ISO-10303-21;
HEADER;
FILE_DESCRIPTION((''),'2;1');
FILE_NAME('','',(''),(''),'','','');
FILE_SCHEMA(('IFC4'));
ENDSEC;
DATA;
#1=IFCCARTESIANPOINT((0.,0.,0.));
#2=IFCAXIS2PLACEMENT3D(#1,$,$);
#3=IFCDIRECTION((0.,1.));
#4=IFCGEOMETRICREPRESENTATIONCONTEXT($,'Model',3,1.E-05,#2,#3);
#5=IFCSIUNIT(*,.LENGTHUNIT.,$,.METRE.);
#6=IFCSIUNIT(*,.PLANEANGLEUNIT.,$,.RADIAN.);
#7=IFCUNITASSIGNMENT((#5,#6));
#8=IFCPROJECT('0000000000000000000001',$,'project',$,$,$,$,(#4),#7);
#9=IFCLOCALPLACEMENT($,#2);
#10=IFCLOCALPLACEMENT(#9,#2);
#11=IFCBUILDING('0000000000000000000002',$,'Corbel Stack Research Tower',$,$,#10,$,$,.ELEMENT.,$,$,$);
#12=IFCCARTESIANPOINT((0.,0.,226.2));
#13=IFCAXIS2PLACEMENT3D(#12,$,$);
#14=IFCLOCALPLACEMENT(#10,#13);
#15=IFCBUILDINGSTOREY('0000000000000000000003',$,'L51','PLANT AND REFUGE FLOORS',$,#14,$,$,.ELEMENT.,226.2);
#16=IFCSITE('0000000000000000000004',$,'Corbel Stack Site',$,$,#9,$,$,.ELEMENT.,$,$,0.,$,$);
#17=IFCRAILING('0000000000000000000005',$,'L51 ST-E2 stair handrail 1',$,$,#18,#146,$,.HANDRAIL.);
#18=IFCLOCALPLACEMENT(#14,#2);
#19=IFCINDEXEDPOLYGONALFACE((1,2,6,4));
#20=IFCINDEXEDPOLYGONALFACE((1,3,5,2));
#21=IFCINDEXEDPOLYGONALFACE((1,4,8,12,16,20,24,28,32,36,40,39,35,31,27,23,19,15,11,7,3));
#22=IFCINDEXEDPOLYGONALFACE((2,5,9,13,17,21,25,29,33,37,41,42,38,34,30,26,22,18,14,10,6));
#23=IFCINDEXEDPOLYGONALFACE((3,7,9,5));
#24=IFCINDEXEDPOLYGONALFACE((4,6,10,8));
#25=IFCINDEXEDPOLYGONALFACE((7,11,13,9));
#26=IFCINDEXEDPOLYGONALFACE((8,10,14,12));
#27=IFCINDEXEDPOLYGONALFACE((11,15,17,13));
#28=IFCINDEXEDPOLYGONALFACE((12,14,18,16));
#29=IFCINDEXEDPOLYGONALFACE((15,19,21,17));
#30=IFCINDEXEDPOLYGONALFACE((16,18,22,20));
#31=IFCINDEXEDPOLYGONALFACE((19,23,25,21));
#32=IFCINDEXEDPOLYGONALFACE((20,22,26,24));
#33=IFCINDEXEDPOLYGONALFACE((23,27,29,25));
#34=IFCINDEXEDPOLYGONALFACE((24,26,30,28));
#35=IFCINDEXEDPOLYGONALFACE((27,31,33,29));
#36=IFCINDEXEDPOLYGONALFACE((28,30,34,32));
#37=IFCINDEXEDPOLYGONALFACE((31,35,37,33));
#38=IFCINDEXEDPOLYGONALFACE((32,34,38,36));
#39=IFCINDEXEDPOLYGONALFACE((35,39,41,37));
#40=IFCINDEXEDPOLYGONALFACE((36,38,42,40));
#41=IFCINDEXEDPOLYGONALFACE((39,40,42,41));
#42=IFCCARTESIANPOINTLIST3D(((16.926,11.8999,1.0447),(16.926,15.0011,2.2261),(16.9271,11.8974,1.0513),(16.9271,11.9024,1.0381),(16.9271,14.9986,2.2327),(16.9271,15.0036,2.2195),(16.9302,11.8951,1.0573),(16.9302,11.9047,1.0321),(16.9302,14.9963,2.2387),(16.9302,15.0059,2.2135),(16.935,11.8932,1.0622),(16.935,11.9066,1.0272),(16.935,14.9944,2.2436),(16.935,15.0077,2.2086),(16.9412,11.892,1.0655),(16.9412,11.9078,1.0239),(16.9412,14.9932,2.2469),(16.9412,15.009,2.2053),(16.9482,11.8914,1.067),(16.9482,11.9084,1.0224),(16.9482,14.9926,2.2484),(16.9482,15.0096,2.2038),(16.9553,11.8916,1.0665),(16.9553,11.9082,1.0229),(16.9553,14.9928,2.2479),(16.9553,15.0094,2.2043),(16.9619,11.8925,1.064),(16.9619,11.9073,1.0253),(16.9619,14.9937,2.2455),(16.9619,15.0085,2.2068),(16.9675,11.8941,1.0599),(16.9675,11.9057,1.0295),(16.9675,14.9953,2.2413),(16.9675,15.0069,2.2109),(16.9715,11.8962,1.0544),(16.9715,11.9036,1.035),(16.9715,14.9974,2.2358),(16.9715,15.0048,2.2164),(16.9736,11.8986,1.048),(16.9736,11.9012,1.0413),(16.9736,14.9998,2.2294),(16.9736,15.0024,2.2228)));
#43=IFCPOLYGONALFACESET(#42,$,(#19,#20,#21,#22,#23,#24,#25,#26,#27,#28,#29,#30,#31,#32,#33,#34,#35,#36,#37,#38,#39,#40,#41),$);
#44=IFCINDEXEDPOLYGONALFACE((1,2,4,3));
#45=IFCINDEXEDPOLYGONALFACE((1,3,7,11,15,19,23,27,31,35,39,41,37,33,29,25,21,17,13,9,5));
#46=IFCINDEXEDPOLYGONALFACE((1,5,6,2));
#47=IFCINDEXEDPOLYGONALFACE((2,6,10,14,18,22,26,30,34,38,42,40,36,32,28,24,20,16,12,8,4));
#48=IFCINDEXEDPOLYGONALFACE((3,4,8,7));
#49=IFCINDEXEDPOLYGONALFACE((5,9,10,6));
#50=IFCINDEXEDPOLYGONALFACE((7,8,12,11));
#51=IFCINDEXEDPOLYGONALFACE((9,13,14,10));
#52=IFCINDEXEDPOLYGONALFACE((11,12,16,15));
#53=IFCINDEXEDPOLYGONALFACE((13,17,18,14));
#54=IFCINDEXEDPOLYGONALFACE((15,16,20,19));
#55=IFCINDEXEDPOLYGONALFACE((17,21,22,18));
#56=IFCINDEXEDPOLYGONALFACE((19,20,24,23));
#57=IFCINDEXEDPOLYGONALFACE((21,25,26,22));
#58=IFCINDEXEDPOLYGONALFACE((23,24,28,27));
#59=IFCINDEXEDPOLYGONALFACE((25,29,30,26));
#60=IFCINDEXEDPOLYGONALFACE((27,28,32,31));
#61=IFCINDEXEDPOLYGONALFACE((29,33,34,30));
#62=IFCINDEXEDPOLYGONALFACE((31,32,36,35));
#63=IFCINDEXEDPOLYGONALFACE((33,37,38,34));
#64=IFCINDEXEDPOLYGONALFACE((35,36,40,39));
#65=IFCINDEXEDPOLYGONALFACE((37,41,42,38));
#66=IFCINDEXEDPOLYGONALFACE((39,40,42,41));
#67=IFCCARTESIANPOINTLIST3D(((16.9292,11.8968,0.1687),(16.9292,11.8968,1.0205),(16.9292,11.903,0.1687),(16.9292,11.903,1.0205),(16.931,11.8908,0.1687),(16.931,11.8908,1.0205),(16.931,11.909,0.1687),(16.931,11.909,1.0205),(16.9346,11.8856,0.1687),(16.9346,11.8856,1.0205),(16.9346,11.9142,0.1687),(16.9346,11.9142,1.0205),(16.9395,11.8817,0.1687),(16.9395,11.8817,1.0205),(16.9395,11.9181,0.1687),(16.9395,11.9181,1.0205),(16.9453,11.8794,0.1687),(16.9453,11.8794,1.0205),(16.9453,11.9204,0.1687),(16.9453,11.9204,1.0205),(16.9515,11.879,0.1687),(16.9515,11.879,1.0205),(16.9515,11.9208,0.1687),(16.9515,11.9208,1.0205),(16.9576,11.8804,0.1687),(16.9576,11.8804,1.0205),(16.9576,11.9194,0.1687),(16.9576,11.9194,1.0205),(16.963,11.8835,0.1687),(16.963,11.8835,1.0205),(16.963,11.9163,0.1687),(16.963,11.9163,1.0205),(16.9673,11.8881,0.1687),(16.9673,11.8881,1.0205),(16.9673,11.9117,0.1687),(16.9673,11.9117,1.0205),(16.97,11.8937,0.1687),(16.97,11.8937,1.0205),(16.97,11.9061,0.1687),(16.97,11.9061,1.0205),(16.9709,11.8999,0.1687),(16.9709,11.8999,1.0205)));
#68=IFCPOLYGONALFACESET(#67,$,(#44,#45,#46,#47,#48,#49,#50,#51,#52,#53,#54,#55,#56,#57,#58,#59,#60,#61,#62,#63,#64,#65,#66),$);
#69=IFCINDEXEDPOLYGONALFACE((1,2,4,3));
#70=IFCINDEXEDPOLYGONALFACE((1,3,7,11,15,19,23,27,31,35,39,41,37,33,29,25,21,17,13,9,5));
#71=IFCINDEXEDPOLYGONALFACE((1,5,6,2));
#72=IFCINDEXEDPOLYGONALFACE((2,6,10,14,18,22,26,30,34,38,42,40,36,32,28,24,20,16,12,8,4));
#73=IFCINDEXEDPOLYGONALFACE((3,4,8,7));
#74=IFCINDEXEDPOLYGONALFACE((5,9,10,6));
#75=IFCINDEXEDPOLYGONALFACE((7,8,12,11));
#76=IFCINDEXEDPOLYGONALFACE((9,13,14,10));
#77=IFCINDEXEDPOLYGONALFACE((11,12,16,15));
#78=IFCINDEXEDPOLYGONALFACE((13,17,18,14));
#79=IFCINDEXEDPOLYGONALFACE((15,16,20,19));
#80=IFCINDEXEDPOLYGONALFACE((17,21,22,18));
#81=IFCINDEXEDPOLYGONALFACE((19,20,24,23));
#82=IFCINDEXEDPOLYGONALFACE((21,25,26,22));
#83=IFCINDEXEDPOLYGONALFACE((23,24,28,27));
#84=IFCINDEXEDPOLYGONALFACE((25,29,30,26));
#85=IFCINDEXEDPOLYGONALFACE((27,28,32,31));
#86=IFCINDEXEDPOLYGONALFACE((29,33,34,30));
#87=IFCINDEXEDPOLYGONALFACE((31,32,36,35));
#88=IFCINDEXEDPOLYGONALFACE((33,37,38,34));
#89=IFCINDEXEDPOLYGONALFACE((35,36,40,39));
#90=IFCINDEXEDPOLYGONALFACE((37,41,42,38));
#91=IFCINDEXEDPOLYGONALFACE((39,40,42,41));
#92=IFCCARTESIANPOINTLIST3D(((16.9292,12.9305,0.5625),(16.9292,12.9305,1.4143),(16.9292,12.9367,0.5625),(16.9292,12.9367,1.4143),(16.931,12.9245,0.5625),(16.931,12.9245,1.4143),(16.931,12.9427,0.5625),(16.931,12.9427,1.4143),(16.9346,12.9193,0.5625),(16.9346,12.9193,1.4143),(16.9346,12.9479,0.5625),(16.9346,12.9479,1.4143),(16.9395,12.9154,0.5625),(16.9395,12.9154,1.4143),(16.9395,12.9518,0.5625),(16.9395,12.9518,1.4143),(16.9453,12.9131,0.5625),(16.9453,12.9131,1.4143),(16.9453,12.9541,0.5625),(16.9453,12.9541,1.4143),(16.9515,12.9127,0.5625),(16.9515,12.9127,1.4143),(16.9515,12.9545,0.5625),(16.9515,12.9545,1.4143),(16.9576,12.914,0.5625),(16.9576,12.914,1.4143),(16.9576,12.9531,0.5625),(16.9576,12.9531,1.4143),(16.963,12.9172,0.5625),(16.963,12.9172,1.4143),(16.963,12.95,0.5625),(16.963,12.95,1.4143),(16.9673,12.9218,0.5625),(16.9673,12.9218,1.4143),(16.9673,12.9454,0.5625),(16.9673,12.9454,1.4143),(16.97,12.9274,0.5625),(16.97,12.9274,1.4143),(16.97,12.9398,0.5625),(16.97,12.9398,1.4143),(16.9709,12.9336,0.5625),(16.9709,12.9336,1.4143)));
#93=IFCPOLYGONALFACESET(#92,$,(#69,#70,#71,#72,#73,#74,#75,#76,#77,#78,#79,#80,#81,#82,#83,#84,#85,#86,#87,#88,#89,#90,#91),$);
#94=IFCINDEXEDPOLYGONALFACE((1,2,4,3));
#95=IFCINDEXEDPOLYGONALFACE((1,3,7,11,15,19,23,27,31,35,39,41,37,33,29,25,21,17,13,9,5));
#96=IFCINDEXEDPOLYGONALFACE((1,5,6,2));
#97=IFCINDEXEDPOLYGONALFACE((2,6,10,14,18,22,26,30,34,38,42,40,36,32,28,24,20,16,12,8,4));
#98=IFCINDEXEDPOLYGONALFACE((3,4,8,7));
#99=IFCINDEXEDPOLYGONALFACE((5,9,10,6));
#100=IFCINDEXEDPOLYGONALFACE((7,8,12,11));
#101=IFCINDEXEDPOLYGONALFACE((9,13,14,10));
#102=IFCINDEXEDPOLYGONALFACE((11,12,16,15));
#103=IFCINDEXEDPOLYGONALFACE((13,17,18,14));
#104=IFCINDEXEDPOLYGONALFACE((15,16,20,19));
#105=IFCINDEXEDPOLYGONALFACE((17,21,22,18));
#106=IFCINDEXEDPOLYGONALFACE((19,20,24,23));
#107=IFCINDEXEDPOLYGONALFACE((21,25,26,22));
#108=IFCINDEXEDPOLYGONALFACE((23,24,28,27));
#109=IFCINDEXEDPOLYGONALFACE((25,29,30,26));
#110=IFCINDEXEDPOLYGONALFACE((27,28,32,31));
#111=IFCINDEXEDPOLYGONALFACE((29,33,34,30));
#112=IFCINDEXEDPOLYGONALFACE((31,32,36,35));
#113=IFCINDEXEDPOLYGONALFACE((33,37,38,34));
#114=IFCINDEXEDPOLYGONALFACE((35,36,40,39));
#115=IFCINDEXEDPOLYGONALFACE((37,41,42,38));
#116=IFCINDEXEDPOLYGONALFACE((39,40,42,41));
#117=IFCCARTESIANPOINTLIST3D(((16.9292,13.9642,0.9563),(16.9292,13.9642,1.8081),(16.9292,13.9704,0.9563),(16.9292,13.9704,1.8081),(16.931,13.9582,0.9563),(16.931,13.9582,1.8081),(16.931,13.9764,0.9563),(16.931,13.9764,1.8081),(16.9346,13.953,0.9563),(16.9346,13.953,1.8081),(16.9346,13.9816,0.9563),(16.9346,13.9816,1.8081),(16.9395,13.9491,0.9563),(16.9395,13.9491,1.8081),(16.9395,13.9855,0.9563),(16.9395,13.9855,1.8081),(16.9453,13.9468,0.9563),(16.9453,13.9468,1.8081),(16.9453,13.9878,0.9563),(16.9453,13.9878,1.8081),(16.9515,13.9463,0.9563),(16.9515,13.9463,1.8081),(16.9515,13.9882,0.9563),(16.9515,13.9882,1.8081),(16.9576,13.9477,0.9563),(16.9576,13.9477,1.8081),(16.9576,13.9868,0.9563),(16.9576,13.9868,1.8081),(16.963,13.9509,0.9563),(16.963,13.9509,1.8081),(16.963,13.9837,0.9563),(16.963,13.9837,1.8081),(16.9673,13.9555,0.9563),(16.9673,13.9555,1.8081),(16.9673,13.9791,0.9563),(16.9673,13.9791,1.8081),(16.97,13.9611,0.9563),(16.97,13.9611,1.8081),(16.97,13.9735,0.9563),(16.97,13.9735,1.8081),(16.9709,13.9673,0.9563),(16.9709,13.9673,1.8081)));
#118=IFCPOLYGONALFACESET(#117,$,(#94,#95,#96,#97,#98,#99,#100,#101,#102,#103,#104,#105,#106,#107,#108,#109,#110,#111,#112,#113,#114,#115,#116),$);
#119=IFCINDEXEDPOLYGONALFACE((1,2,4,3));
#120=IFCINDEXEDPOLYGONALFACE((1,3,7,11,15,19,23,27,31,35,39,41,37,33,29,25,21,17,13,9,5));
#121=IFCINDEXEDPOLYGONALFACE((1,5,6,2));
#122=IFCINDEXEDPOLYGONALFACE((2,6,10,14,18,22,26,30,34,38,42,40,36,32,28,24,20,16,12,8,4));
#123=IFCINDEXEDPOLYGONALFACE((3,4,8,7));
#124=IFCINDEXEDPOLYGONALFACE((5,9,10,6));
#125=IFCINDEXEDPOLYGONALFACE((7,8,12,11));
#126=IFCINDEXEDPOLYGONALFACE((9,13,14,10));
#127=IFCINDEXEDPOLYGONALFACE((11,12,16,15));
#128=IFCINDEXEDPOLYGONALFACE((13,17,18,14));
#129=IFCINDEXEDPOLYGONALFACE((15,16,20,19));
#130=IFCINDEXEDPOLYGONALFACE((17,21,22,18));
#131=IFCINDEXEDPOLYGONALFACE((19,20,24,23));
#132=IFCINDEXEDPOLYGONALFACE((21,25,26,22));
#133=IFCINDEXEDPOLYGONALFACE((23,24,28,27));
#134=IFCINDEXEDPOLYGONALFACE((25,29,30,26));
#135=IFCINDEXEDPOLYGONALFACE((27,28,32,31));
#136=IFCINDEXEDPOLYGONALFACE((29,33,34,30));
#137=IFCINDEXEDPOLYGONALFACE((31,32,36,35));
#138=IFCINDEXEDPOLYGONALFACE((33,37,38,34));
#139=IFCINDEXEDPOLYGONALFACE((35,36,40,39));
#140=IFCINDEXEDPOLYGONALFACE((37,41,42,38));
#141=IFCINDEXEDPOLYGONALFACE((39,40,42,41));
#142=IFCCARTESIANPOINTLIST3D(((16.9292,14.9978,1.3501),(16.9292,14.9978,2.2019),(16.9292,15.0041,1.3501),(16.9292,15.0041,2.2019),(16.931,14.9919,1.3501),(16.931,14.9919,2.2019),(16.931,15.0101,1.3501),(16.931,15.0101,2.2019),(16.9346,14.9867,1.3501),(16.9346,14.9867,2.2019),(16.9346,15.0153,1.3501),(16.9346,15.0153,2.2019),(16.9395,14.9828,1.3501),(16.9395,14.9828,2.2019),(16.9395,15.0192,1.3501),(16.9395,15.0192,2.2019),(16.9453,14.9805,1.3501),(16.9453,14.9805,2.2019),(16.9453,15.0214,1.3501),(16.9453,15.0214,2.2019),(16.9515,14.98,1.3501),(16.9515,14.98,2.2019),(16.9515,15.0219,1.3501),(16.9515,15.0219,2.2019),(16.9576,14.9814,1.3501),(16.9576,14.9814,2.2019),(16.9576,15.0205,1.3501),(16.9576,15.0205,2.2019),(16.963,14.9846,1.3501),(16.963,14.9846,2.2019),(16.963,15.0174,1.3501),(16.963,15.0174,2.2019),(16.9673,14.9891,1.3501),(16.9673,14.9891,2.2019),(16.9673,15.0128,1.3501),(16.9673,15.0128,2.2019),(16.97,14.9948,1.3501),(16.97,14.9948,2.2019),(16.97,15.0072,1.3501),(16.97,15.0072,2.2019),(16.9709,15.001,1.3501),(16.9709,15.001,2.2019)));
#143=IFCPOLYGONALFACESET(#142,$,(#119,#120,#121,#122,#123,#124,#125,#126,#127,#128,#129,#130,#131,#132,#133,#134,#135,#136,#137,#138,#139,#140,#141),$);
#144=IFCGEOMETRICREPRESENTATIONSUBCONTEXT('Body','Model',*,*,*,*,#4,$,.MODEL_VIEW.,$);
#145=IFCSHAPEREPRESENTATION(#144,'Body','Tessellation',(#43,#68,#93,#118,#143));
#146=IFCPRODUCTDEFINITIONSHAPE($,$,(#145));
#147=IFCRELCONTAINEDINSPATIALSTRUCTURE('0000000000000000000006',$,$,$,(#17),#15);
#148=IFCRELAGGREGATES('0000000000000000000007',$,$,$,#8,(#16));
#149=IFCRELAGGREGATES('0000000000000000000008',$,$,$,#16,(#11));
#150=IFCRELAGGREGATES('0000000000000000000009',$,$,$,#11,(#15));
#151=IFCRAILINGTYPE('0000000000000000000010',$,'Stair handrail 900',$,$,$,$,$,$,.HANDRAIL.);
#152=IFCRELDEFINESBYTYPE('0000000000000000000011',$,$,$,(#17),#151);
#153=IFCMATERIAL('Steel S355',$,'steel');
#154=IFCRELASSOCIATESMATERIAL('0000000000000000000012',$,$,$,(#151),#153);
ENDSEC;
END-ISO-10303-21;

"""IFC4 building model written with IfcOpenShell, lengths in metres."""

from ifc_helpers import new_model, si_unit, direction, frame, origin, origin_2d, place, context, subcontext, project, spatial, circle, extrude, material, type_object, element, save


model = new_model("IFC4")

# Units and contexts
model_context = context("Model", 3, precision=1e-05, world=origin(), true_north=direction((0.0, 1.0)))
body_context = subcontext(model_context, "Body", "Model", "MODEL_VIEW")
ifc_project = project(units=[si_unit("LENGTHUNIT", "METRE"), si_unit("PLANEANGLEUNIT", "RADIAN")], contexts=[model_context])

# Site, building, storey
site_placement = place(None, origin())
site = spatial("IfcSite", under=ifc_project, at=site_placement, Name="Corbel Stack Site", CompositionType="ELEMENT", RefElevation=0.0)
building_placement = place(site_placement, origin())
building = spatial("IfcBuilding", under=site, at=building_placement, Name="Corbel Stack Research Tower", CompositionType="ELEMENT")
storey_placement = place(building_placement, frame((0.0, 0.0, 226.2)))
storey = spatial("IfcBuildingStorey", under=building, at=storey_placement, Name="L51", Description="PLANT AND REFUGE FLOORS", CompositionType="ELEMENT", Elevation=226.2)

# Railing
ifc_material_1 = material(Name="Steel S355", Category="steel")
railing_type_1 = type_object("IfcRailingType", Name="Stair handrail 900", PredefinedType="HANDRAIL", material=ifc_material_1)
railing_1_placement = place(storey_placement, frame((16.95, 11.8999, 0.1687)))
element("IfcRailing", 1, at=railing_1_placement, inside=storey, type_object=railing_type_1, Name="L51 ST-E2 stair handrail 1", PredefinedType="HANDRAIL", context=body_context, shape_type="SweptSolid", body=[
    extrude(circle(Radius=0.0239, at=origin_2d()), frame((0.0, 0.0, 0.876), z_axis=(0.0, 0.934484, 0.356005), x_axis=(-1.0, 0.0, 0.0)), (0.0, 0.0, 1.0), 3.3186),
    extrude(circle(Radius=0.021, at=origin_2d()), origin(), (0.0, 0.0, 1.0), 0.8518),
    extrude(circle(Radius=0.021, at=origin_2d()), frame((0.0, 1.0337, 0.3938)), (0.0, 0.0, 1.0), 0.8518),
    extrude(circle(Radius=0.021, at=origin_2d()), frame((0.0, 2.0674, 0.7876)), (0.0, 0.0, 1.0), 0.8518),
    extrude(circle(Radius=0.021, at=origin_2d()), frame((0.0, 3.1011, 1.1814)), (0.0, 0.0, 1.0), 0.8518),
])

save(model, "model.ifc")
